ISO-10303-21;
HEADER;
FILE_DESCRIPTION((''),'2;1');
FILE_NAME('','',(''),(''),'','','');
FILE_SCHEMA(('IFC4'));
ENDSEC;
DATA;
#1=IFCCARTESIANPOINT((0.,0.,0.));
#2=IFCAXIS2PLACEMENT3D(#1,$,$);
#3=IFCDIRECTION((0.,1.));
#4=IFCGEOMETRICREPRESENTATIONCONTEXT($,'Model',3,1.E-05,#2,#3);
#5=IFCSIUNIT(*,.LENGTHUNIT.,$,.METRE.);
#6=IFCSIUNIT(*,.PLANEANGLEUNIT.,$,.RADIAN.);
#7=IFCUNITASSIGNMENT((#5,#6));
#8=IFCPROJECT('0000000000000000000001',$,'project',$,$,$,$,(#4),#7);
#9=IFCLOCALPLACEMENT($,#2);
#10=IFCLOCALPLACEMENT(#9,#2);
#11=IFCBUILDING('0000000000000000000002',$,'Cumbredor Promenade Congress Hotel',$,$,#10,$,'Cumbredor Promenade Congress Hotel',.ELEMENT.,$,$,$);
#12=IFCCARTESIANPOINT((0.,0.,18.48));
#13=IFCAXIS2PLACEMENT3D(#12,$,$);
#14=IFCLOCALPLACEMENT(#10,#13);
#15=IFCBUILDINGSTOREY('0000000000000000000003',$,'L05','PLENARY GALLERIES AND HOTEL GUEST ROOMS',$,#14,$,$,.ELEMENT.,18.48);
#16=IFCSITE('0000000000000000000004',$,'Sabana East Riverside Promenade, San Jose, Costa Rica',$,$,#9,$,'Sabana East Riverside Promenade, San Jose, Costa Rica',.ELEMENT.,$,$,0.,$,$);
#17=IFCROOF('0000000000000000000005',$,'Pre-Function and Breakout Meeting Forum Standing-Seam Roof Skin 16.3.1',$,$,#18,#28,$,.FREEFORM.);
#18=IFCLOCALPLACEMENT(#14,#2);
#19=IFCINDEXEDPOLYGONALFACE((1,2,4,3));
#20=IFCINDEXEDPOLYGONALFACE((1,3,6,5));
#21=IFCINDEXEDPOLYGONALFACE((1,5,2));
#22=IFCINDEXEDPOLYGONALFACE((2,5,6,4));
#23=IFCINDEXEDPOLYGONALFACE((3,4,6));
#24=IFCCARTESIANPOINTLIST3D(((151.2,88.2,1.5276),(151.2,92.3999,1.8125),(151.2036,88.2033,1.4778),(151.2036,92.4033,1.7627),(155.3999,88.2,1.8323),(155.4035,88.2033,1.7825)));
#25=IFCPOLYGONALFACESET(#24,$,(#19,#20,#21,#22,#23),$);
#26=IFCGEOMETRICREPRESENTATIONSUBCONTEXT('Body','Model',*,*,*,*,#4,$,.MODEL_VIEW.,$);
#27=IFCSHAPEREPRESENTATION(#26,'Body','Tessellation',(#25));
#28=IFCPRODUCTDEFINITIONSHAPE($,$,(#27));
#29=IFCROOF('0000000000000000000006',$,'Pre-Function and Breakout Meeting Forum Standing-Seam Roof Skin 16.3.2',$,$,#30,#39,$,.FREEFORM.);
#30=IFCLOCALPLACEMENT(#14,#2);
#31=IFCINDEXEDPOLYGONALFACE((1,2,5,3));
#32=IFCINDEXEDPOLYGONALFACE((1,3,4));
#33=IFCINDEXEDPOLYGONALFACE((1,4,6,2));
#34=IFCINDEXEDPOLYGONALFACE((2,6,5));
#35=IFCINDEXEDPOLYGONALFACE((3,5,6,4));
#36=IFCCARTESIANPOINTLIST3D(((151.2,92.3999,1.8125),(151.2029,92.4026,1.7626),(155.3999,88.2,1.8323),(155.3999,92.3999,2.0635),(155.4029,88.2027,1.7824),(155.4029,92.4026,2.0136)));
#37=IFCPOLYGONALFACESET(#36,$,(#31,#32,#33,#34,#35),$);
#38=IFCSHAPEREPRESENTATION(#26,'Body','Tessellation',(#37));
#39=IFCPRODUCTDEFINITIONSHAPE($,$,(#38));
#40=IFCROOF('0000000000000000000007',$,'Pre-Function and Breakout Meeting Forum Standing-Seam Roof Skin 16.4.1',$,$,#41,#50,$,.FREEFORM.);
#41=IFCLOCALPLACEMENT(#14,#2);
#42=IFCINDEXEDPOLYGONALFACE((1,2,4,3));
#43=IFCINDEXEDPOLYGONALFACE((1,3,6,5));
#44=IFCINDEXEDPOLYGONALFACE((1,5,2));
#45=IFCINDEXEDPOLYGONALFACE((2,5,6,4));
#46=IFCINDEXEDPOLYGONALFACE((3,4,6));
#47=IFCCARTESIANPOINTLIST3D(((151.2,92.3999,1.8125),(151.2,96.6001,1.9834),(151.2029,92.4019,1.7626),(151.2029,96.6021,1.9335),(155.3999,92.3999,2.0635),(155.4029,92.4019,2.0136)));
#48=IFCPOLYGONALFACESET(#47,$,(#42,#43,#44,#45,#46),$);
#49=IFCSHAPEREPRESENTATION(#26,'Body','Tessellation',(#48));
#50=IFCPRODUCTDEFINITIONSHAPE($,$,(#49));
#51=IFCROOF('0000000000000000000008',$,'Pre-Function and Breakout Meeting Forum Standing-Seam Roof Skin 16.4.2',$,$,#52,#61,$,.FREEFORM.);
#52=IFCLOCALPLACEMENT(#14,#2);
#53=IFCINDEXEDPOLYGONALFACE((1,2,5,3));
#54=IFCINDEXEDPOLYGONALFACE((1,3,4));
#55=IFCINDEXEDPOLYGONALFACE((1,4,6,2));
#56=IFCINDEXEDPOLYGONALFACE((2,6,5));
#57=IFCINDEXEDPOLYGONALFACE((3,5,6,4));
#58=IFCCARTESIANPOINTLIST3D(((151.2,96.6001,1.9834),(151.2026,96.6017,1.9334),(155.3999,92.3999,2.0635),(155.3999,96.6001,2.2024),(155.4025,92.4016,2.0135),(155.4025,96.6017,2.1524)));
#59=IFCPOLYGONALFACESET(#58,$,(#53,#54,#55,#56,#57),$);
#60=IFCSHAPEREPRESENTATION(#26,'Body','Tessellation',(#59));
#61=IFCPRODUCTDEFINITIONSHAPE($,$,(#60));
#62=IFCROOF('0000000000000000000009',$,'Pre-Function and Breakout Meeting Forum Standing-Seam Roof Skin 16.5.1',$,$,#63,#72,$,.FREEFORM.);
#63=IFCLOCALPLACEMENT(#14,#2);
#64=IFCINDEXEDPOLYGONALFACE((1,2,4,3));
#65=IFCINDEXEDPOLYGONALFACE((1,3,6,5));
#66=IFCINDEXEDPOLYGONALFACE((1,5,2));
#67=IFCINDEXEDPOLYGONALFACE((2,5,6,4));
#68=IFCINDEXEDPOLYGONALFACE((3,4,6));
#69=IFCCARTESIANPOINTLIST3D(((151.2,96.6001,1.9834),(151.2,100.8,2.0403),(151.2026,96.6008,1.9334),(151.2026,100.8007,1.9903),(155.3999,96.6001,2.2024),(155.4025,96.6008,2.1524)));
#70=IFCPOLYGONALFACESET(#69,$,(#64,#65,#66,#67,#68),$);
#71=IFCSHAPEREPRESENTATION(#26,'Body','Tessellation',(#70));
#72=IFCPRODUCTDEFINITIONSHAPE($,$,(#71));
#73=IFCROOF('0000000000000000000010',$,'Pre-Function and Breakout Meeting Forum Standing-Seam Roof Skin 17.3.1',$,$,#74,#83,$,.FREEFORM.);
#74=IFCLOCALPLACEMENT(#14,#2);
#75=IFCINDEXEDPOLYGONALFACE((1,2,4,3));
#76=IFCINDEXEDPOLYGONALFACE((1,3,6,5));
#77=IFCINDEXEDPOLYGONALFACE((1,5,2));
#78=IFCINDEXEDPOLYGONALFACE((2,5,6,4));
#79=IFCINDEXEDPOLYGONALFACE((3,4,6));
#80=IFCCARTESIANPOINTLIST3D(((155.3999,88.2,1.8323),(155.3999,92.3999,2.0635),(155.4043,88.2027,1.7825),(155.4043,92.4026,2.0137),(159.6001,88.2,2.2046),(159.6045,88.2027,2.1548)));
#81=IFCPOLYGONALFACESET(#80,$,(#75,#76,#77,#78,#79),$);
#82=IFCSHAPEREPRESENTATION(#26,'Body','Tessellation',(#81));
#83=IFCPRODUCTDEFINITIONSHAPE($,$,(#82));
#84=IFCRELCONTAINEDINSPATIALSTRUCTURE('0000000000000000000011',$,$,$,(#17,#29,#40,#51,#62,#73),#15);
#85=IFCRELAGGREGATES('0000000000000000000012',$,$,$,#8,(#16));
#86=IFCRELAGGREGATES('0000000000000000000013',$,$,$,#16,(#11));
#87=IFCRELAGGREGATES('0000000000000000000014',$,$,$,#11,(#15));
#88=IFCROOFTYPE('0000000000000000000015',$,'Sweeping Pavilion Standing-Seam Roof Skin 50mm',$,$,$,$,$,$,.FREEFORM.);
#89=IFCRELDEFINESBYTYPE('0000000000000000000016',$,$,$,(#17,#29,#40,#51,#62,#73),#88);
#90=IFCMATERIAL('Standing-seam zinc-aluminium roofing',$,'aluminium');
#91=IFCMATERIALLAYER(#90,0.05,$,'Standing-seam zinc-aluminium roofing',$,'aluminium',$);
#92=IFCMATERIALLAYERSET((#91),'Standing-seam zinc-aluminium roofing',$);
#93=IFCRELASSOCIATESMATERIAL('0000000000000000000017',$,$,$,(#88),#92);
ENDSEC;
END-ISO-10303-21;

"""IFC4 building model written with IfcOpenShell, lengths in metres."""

from ifc_helpers import new_model, si_unit, direction, frame, origin, place, context, subcontext, project, spatial, polyline, outline, extrude, material, layer, layer_set, type_object, element, save


model = new_model("IFC4")

# Units and contexts
model_context = context("Model", 3, precision=1e-05, world=origin(), true_north=direction((0.0, 1.0)))
body_context = subcontext(model_context, "Body", "Model", "MODEL_VIEW")
ifc_project = project(units=[si_unit("LENGTHUNIT", "METRE"), si_unit("PLANEANGLEUNIT", "RADIAN")], contexts=[model_context])

# Site, building, storey
site_placement = place(None, origin())
site = spatial("IfcSite", under=ifc_project, at=site_placement, Name="Sabana East Riverside Promenade, San Jose, Costa Rica", LongName="Sabana East Riverside Promenade, San Jose, Costa Rica", CompositionType="ELEMENT", RefElevation=0.0)
building_placement = place(site_placement, origin())
building = spatial("IfcBuilding", under=site, at=building_placement, Name="Cumbredor Promenade Congress Hotel", LongName="Cumbredor Promenade Congress Hotel", CompositionType="ELEMENT")
storey_placement = place(building_placement, frame((0.0, 0.0, 18.48)))
storey = spatial("IfcBuildingStorey", under=building, at=storey_placement, Name="L05", Description="PLENARY GALLERIES AND HOTEL GUEST ROOMS", CompositionType="ELEMENT", Elevation=18.48)

# Roofs
ifc_material_1 = material(Name="Standing-seam zinc-aluminium roofing", Category="aluminium")
ifc_layer_1 = layer(ifc_material_1, 0.05, Name="Standing-seam zinc-aluminium roofing", Category="aluminium")
ifc_layer_set_1 = layer_set([ifc_layer_1], Name="Standing-seam zinc-aluminium roofing")
roof_type = type_object("IfcRoofType", Name="Sweeping Pavilion Standing-Seam Roof Skin 50mm", PredefinedType="FREEFORM", material=ifc_layer_set_1)
roof_1_placement = place(storey_placement, frame((151.2, 88.2, 1.5276), z_axis=(-0.07219, -0.067505, 0.995104), x_axis=(0.997379, 0.0, 0.072355)))
element("IfcRoof", 1, at=roof_1_placement, inside=storey, type_object=roof_type, Name="Pre-Function and Breakout Meeting Forum Standing-Seam Roof Skin 16.3.1", PredefinedType="FREEFORM", context=body_context, shape_type="SweptSolid", body=[
    extrude(outline(polyline([(0.0, 0.0), (4.211, 0.0), (0.0206, 4.2096), (0.0, 0.0)])), origin(), (0.0, 0.0, -1.0), 0.05),
])
roof_2_placement = place(storey_placement, frame((155.3999, 88.2, 1.8323), z_axis=(-0.059561, -0.054868, 0.996716), x_axis=(0.0, 0.998488, 0.054965)))
element("IfcRoof", 2, at=roof_2_placement, inside=storey, type_object=roof_type, Name="Pre-Function and Breakout Meeting Forum Standing-Seam Roof Skin 16.3.2", PredefinedType="FREEFORM", context=body_context, shape_type="SweptSolid", body=[
    extrude(outline(polyline([(0.0, 0.0), (4.2063, 0.0), (4.1925, 4.2074), (0.0, 0.0)])), origin(), (0.0, 0.0, -1.0), 0.05),
])
roof_3_placement = place(storey_placement, frame((151.2, 92.3999, 1.8125), z_axis=(-0.059601, -0.040582, 0.997397), x_axis=(0.998219, 0.0, 0.059651)))
element("IfcRoof", 3, at=roof_3_placement, inside=storey, type_object=roof_type, Name="Pre-Function and Breakout Meeting Forum Standing-Seam Roof Skin 16.4.1", PredefinedType="FREEFORM", context=body_context, shape_type="SweptSolid", body=[
    extrude(outline(polyline([(0.0, 0.0), (4.2074, 0.0), (0.0102, 4.2037), (0.0, 0.0)])), origin(), (0.0, 0.0, -1.0), 0.05),
])
roof_4_placement = place(storey_placement, frame((155.3999, 92.3999, 2.0635), z_axis=(-0.052043, -0.033011, 0.998099), x_axis=(0.0, 0.999454, 0.033056)))
element("IfcRoof", 4, at=roof_4_placement, inside=storey, type_object=roof_type, Name="Pre-Function and Breakout Meeting Forum Standing-Seam Roof Skin 16.4.2", PredefinedType="FREEFORM", context=body_context, shape_type="SweptSolid", body=[
    extrude(outline(polyline([(0.0, 0.0), (4.2025, 0.0), (4.1953, 4.2057), (0.0, 0.0)])), origin(), (0.0, 0.0, -1.0), 0.05),
])
roof_5_placement = place(storey_placement, frame((151.2, 96.6001, 1.9834), z_axis=(-0.052067, -0.013525, 0.998552), x_axis=(0.998643, 0.0, 0.052071)))
element("IfcRoof", 5, at=roof_5_placement, inside=storey, type_object=roof_type, Name="Pre-Function and Breakout Meeting Forum Standing-Seam Roof Skin 16.5.1", PredefinedType="FREEFORM", context=body_context, shape_type="SweptSolid", body=[
    extrude(outline(polyline([(0.0, 0.0), (4.2057, 0.0), (0.003, 4.2003), (0.0, 0.0)])), origin(), (0.0, 0.0, -1.0), 0.05),
])
roof_6_placement = place(storey_placement, frame((155.3999, 88.2, 1.8323), z_axis=(-0.088164, -0.054751, 0.9946), x_axis=(0.996094, 0.0, 0.088296)))
element("IfcRoof", 6, at=roof_6_placement, inside=storey, type_object=roof_type, Name="Pre-Function and Breakout Meeting Forum Standing-Seam Roof Skin 17.3.1", PredefinedType="FREEFORM", context=body_context, shape_type="SweptSolid", body=[
    extrude(outline(polyline([(0.0, 0.0), (4.2167, 0.0), (0.0204, 4.2063), (0.0, 0.0)])), origin(), (0.0, 0.0, -1.0), 0.05),
])

save(model, "model.ifc")
